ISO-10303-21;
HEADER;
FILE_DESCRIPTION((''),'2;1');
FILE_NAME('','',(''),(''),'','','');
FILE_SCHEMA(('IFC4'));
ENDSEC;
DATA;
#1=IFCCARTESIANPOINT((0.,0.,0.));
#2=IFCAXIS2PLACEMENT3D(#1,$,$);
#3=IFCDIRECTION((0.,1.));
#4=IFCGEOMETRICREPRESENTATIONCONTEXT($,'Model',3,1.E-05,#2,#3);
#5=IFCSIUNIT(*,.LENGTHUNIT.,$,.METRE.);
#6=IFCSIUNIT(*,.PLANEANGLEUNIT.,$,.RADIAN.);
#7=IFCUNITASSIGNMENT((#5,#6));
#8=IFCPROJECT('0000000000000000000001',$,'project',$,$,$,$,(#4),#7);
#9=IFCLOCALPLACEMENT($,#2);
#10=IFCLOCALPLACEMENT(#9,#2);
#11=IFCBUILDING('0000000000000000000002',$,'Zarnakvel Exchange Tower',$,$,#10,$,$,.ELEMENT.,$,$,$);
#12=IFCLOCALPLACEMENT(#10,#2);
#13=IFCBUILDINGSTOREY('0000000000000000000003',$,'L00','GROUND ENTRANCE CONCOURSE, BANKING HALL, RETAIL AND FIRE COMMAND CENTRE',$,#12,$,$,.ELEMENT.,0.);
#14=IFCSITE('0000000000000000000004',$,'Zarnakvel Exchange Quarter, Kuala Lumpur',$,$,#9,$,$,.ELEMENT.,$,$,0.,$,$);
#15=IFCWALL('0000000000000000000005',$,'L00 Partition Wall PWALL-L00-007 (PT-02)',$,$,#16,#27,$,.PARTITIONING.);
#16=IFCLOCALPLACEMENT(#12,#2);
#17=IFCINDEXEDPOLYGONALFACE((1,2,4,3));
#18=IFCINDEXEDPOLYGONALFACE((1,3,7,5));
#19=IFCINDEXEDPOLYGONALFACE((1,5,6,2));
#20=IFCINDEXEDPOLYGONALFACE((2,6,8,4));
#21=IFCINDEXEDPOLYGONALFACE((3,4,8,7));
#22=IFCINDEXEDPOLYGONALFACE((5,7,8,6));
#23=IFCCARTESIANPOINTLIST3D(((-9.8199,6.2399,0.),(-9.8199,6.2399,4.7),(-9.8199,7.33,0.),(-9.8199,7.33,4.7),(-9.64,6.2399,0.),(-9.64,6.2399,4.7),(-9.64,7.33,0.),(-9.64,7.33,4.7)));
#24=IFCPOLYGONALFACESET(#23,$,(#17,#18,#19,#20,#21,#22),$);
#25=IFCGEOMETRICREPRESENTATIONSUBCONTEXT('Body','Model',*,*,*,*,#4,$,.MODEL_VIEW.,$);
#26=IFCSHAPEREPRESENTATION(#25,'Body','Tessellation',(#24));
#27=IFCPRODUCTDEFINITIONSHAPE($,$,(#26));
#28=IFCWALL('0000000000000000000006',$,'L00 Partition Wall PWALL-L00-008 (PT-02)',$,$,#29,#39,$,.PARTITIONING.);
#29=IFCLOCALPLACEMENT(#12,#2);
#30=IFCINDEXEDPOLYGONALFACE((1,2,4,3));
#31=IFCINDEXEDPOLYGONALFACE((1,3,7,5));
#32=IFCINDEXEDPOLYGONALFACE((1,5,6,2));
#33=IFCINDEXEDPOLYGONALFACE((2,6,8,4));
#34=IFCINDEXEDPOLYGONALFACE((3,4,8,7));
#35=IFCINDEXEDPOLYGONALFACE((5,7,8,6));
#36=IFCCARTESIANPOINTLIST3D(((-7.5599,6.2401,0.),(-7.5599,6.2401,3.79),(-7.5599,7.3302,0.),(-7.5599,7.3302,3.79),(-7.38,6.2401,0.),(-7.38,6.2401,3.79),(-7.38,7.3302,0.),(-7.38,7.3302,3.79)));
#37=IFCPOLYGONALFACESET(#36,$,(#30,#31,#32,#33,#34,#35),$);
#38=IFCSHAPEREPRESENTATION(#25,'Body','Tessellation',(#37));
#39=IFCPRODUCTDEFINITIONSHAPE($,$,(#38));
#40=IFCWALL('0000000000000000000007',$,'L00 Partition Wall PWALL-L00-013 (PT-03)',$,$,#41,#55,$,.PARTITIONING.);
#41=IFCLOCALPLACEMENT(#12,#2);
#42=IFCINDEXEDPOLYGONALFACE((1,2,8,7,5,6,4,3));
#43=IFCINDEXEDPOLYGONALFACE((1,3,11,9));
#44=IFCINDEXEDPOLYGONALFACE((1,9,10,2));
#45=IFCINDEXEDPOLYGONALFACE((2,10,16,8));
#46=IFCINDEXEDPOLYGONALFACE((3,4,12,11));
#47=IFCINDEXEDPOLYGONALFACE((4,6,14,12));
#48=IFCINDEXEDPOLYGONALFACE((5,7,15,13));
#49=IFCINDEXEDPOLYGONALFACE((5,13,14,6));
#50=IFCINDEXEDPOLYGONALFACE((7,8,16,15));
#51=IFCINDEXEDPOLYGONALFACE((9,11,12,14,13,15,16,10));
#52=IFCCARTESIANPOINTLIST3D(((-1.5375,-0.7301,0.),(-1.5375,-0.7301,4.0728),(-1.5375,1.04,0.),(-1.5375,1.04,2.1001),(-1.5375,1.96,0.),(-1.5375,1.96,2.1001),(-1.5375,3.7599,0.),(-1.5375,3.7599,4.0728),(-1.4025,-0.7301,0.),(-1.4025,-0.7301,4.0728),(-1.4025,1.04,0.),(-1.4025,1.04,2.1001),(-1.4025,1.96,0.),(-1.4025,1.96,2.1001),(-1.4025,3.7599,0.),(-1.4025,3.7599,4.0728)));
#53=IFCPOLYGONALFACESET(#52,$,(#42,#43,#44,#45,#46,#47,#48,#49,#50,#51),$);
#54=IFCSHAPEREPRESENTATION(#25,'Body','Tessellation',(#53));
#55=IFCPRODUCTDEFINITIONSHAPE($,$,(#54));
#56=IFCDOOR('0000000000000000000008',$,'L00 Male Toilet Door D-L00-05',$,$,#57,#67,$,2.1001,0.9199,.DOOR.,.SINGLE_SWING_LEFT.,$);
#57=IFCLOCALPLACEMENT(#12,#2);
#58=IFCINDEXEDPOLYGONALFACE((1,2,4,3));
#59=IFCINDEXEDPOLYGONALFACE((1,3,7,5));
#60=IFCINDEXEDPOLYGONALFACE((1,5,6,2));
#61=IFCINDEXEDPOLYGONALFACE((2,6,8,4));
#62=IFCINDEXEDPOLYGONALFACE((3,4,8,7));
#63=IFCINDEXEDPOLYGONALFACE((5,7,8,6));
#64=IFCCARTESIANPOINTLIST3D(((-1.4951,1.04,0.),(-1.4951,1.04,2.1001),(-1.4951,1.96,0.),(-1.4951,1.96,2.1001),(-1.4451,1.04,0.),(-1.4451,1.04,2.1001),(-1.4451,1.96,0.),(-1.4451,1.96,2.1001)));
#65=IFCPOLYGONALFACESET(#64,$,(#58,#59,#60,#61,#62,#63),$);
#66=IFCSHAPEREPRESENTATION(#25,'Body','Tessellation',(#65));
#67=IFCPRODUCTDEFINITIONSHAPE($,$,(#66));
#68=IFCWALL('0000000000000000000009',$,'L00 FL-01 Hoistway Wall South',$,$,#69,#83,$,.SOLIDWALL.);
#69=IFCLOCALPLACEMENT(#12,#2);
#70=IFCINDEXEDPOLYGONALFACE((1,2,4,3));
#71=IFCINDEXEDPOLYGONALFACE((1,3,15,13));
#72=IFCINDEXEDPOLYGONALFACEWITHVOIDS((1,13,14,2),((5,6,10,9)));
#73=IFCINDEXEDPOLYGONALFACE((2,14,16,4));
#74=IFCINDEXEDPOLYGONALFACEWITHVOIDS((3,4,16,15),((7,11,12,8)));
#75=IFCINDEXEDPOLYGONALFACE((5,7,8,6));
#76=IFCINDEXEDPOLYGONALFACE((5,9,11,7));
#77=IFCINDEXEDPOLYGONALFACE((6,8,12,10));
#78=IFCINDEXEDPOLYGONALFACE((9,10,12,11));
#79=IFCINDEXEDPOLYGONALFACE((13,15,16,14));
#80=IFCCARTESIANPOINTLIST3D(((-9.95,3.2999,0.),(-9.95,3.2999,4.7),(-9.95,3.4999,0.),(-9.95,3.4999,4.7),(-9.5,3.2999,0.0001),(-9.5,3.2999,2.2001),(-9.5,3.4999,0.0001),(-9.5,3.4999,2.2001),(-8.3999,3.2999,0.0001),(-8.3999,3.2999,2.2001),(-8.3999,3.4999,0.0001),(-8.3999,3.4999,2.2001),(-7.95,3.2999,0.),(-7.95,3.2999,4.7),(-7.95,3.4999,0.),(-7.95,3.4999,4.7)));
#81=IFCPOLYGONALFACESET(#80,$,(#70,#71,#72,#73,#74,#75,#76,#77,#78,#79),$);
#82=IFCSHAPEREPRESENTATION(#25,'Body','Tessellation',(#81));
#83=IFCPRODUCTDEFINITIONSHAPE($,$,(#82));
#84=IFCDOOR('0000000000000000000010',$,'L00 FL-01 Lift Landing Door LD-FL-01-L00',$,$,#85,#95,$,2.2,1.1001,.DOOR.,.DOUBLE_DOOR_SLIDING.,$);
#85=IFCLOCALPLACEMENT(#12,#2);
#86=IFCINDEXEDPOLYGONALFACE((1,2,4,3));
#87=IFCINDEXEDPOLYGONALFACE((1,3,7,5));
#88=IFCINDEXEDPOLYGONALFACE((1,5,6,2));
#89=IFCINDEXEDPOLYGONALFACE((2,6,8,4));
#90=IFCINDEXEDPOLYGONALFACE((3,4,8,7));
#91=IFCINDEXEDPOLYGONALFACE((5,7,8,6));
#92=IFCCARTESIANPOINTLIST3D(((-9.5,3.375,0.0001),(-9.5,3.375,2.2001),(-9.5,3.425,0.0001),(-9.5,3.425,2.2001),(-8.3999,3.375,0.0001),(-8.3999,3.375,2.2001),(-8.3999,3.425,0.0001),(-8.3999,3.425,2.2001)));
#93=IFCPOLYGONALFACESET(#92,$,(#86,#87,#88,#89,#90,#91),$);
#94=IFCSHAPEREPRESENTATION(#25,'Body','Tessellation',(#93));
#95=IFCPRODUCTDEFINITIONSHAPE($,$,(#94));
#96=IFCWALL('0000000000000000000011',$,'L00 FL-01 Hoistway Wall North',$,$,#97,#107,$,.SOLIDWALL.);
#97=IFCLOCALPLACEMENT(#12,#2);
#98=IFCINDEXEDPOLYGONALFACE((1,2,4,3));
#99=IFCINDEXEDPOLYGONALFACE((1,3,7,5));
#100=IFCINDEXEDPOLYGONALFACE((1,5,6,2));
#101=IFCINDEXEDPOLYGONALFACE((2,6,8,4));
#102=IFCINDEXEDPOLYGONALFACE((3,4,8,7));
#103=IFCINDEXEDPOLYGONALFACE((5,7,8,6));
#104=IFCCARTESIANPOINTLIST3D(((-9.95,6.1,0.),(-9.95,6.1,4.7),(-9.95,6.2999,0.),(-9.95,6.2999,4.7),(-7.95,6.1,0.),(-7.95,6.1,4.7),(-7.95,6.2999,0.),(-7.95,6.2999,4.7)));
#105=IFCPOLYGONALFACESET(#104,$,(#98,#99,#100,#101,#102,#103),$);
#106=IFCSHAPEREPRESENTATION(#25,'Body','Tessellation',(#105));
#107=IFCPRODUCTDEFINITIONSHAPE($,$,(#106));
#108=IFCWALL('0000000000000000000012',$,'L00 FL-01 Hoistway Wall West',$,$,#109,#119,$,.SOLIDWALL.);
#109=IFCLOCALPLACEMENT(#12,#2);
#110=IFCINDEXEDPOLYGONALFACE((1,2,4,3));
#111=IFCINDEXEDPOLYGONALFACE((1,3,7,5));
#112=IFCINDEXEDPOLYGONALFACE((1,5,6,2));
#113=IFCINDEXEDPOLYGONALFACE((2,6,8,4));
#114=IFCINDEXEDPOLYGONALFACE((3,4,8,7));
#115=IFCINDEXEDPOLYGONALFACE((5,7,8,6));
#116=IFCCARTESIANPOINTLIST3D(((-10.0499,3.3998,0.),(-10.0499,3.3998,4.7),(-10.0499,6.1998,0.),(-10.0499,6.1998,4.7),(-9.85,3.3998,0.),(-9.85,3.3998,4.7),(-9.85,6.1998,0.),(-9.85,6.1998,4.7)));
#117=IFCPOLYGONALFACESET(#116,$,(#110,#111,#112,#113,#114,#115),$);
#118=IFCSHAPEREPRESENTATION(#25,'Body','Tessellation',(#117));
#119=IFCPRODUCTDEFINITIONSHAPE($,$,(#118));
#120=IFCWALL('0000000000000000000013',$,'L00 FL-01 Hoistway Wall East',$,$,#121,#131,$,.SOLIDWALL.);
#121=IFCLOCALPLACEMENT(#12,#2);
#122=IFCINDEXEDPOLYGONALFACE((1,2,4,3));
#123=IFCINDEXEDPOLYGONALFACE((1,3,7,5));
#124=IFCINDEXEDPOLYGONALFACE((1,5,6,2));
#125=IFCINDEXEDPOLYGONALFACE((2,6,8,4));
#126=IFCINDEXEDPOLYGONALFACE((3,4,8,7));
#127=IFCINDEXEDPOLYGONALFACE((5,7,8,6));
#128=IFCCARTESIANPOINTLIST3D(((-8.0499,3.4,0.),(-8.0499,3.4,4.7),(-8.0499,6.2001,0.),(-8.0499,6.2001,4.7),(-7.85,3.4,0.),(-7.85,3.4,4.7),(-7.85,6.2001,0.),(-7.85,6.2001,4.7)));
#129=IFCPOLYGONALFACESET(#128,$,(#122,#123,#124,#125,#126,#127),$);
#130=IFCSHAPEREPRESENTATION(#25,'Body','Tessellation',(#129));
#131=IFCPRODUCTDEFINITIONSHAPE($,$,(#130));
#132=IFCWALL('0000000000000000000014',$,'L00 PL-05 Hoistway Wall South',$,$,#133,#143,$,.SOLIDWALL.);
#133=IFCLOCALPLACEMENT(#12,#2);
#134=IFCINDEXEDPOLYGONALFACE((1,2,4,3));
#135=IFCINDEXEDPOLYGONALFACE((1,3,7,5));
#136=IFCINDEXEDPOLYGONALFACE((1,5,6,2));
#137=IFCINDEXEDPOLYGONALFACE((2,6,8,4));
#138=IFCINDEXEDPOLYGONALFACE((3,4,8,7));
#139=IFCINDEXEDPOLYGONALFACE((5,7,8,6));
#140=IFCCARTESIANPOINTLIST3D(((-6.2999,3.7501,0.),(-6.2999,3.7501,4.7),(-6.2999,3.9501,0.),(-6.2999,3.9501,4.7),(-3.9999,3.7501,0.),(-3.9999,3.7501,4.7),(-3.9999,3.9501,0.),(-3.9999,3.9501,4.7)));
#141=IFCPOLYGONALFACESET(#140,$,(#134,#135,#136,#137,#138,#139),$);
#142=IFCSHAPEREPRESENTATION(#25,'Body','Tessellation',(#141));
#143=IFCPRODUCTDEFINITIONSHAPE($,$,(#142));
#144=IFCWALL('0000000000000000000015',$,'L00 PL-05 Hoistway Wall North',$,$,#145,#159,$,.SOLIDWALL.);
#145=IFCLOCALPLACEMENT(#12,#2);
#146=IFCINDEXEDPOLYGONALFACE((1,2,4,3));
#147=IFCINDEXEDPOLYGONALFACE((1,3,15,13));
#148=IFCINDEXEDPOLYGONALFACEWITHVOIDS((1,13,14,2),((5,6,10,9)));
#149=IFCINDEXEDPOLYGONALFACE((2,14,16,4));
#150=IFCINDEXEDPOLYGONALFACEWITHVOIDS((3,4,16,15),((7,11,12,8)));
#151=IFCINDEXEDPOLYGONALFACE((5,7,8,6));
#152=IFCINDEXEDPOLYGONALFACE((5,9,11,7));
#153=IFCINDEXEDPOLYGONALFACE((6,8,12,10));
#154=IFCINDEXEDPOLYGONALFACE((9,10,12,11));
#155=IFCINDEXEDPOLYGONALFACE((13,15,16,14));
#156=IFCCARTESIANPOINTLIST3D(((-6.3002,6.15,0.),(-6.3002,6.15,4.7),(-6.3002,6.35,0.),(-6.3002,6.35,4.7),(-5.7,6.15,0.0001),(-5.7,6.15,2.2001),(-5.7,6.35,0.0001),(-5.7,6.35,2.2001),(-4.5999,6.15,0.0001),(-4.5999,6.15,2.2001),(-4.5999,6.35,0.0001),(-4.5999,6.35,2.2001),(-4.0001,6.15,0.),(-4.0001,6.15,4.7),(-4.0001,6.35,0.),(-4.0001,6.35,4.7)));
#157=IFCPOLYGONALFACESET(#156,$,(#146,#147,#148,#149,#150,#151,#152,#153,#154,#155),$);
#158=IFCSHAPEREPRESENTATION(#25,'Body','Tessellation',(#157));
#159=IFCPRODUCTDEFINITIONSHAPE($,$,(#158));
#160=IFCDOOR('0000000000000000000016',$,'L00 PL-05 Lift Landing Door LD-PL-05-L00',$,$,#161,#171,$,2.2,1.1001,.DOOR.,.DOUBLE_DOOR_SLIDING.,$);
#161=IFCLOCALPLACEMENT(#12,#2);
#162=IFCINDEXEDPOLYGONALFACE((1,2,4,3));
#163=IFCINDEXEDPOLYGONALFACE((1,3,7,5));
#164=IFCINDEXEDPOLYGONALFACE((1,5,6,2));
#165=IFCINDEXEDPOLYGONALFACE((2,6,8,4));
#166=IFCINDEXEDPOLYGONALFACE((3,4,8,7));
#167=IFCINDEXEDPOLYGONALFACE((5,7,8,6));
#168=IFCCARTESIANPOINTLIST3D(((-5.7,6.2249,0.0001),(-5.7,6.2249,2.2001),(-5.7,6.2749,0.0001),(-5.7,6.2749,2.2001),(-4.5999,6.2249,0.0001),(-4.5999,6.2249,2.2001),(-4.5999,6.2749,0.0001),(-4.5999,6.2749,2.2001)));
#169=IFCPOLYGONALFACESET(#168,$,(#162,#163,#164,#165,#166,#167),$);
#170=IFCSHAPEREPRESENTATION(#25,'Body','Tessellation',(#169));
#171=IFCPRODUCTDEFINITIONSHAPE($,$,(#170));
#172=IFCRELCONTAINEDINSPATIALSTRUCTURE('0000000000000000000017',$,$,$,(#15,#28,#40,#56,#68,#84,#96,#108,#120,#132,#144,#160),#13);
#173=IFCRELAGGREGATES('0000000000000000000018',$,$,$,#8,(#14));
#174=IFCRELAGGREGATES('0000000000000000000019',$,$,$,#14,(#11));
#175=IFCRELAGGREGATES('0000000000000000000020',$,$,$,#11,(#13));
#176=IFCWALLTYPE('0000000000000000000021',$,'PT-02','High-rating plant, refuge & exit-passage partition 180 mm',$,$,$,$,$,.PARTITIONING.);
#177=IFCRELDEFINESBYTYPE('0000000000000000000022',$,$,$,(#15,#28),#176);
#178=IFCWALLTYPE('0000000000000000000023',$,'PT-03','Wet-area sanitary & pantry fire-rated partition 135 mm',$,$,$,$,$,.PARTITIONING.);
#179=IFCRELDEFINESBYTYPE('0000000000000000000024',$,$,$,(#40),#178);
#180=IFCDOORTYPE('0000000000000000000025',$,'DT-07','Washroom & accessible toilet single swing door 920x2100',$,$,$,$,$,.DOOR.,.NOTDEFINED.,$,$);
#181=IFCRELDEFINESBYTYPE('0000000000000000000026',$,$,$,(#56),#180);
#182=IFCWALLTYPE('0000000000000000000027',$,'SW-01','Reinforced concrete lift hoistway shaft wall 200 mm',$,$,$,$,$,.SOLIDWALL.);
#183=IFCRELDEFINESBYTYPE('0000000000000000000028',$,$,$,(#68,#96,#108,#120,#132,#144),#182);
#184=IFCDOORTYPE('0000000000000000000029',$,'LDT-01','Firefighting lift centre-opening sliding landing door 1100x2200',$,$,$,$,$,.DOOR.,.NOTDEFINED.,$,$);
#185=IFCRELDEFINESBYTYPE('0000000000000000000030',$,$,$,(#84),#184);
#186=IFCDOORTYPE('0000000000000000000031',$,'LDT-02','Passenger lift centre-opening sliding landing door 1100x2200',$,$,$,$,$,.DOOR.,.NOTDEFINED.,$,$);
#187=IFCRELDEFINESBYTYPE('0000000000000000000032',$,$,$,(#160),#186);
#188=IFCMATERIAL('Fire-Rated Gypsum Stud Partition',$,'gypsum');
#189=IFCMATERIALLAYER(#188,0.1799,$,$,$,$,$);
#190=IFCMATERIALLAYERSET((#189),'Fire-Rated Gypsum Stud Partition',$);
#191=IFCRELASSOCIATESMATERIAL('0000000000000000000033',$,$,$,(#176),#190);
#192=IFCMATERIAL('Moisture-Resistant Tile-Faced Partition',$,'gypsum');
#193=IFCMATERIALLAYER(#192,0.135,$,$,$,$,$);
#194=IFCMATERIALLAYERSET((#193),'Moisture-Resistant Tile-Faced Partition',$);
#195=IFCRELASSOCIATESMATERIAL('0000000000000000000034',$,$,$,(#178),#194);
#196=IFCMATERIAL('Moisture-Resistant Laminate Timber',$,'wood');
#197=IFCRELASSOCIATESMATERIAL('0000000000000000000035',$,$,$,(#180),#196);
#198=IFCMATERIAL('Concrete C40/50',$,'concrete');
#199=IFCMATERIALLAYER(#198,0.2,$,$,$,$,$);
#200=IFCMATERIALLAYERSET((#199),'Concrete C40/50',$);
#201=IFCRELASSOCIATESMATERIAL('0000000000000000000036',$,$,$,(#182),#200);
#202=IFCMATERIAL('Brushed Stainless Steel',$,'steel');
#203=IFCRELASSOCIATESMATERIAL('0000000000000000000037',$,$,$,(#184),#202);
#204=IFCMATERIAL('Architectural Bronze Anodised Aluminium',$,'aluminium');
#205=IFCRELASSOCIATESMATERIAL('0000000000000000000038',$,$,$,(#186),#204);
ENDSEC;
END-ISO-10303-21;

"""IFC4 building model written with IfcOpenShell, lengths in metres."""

from ifc_helpers import new_model, si_unit, direction, frame, frame_2d, origin, place, context, subcontext, project, spatial, rectangle, extrude, source, transform, mapped, material, layer, layer_set, type_object, element, fill, save


model = new_model("IFC4")

# Units and contexts
model_context = context("Model", 3, precision=1e-05, world=origin(), true_north=direction((0.0, 1.0)))
body_context = subcontext(model_context, "Body", "Model", "MODEL_VIEW")
ifc_project = project(units=[si_unit("LENGTHUNIT", "METRE"), si_unit("PLANEANGLEUNIT", "RADIAN")], contexts=[model_context])

# Site, building, storey
site_placement = place(None, origin())
site = spatial("IfcSite", under=ifc_project, at=site_placement, Name="Zarnakvel Exchange Quarter, Kuala Lumpur", CompositionType="ELEMENT", RefElevation=0.0)
building_placement = place(site_placement, origin())
building = spatial("IfcBuilding", under=site, at=building_placement, Name="Zarnakvel Exchange Tower", CompositionType="ELEMENT")
storey_placement = place(building_placement, origin())
storey = spatial("IfcBuildingStorey", under=building, at=storey_placement, Name="L00", Description="GROUND ENTRANCE CONCOURSE, BANKING HALL, RETAIL AND FIRE COMMAND CENTRE", CompositionType="ELEMENT", Elevation=0.0)

# Walls
ifc_material_1 = material(Name="Fire-Rated Gypsum Stud Partition", Category="gypsum")
ifc_layer_1 = layer(ifc_material_1, 0.1799)
ifc_layer_set_1 = layer_set([ifc_layer_1], Name="Fire-Rated Gypsum Stud Partition")
wall_type_1 = type_object("IfcWallType", Name="PT-02", Description="High-rating plant, refuge & exit-passage partition 180 mm", PredefinedType="PARTITIONING", material=ifc_layer_set_1)
wall_1_placement = place(storey_placement, frame((-9.73, 6.24, 0.0), z_axis=(0.0, 0.0, 1.0), x_axis=(0.0, 1.0, 0.0)))
element("IfcWall", 1, at=wall_1_placement, inside=storey, type_object=wall_type_1, Name="L00 Partition Wall PWALL-L00-007 (PT-02)", PredefinedType="PARTITIONING", context=body_context, shape_type="SweptSolid", body=[
    extrude(rectangle(XDim=1.0901, YDim=0.1799, at=frame_2d((0.5449, 0.0))), origin(), (0.0, 0.0, 1.0), 4.7),
])
wall_2_placement = place(storey_placement, frame((-7.47, 7.3301, 0.0), z_axis=(0.0, 0.0, 1.0), x_axis=(0.0, -1.0, 0.0)))
element("IfcWall", 2, at=wall_2_placement, inside=storey, type_object=wall_type_1, Name="L00 Partition Wall PWALL-L00-008 (PT-02)", PredefinedType="PARTITIONING", context=body_context, shape_type="SweptSolid", body=[
    extrude(rectangle(XDim=1.0901, YDim=0.1799, at=frame_2d((0.5449, 0.0))), origin(), (0.0, 0.0, 1.0), 3.79),
])

# Walls, openings, doors
ifc_material_2 = material(Name="Moisture-Resistant Tile-Faced Partition", Category="gypsum")
ifc_layer_2 = layer(ifc_material_2, 0.135)
ifc_layer_set_2 = layer_set([ifc_layer_2], Name="Moisture-Resistant Tile-Faced Partition")
wall_type_2 = type_object("IfcWallType", Name="PT-03", Description="Wet-area sanitary & pantry fire-rated partition 135 mm", PredefinedType="PARTITIONING", material=ifc_layer_set_2)
wall_3_placement = place(storey_placement, frame((-1.47, 3.76, 0.0), z_axis=(0.0, 0.0, 1.0), x_axis=(0.0, -1.0, 0.0)))
wall_3 = element("IfcWall", 3, at=wall_3_placement, inside=storey, type_object=wall_type_2, Name="L00 Partition Wall PWALL-L00-013 (PT-03)", PredefinedType="PARTITIONING", context=body_context, shape_type="SweptSolid", body=[
    extrude(rectangle(XDim=4.49, YDim=0.135, at=frame_2d((2.2451, 0.0))), origin(), (0.0, 0.0, 1.0), 4.0728),
])
opening_1_placement = place(wall_3_placement, frame((1.8, 0.0, 0.0)))
opening_1 = element("IfcOpeningElement", 4, at=opening_1_placement, cuts=wall_3, PredefinedType="OPENING", context=body_context, shape_type="SweptSolid", body=[
    extrude(rectangle(XDim=0.9199, YDim=2.1001, at=frame_2d((0.46, 1.05))), frame((0.0, 0.0774, 0.0), z_axis=(0.0, -1.0, 0.0), x_axis=(1.0, 0.0, 0.0)), (0.0, 0.0, 1.0), 0.155),
])
ifc_material_3 = material(Name="Moisture-Resistant Laminate Timber", Category="wood")
door_type_1 = type_object("IfcDoorType", Name="DT-07", Description="Washroom & accessible toilet single swing door 920x2100", OperationType="NOTDEFINED", PredefinedType="DOOR", material=ifc_material_3)
shared_shape_1 = source(origin(), body_context, "Body", "SweptSolid", [
    extrude(rectangle(XDim=0.9199, YDim=2.1001, at=frame_2d((0.46, 1.05))), frame((0.0, 0.0249, 0.0), z_axis=(0.0, -1.0, 0.0), x_axis=(1.0, 0.0, 0.0)), (0.0, 0.0, 1.0), 0.05),
])
door_1_placement = place(opening_1_placement, origin())
door_1 = element("IfcDoor", 5, at=door_1_placement, inside=storey, type_object=door_type_1, Name="L00 Male Toilet Door D-L00-05", OperationType="SINGLE_SWING_LEFT", OverallHeight=2.1001, OverallWidth=0.9199, PredefinedType="DOOR", context=body_context, shape_type="MappedRepresentation", body=[
    mapped(shared_shape_1, transform((0.0, 0.0, 0.0), x_axis=(1.0, 0.0, 0.0), y_axis=(0.0, 1.0, 0.0), z_axis=(0.0, 0.0, 1.0), scale=1.0)),
])
fill(opening_1, door_1)
ifc_material_4 = material(Name="Concrete C40/50", Category="concrete")
ifc_layer_3 = layer(ifc_material_4, 0.2)
ifc_layer_set_3 = layer_set([ifc_layer_3], Name="Concrete C40/50")
wall_type_3 = type_object("IfcWallType", Name="SW-01", Description="Reinforced concrete lift hoistway shaft wall 200 mm", PredefinedType="SOLIDWALL", material=ifc_layer_set_3)
wall_4_placement = place(storey_placement, frame((-7.95, 3.3999, 0.0), z_axis=(0.0, 0.0, 1.0), x_axis=(-1.0, 0.0, 0.0)))
wall_4 = element("IfcWall", 6, at=wall_4_placement, inside=storey, type_object=wall_type_3, Name="L00 FL-01 Hoistway Wall South", PredefinedType="SOLIDWALL", context=body_context, shape_type="SweptSolid", body=[
    extrude(rectangle(XDim=2.0, YDim=0.2, at=frame_2d((1.0, 0.0))), origin(), (0.0, 0.0, 1.0), 4.7),
])
opening_2_placement = place(wall_4_placement, frame((0.45, 0.0, 0.0)))
opening_2 = element("IfcOpeningElement", 7, at=opening_2_placement, cuts=wall_4, PredefinedType="OPENING", context=body_context, shape_type="SweptSolid", body=[
    extrude(rectangle(XDim=1.1001, YDim=2.2, at=frame_2d((0.55, 1.1001))), frame((0.0, 0.1099, 0.0), z_axis=(0.0, -1.0, 0.0), x_axis=(1.0, 0.0, 0.0)), (0.0, 0.0, 1.0), 0.22),
])
ifc_material_5 = material(Name="Brushed Stainless Steel", Category="steel")
door_type_2 = type_object("IfcDoorType", Name="LDT-01", Description="Firefighting lift centre-opening sliding landing door 1100x2200", OperationType="NOTDEFINED", PredefinedType="DOOR", material=ifc_material_5)
shared_shape_2 = source(origin(), body_context, "Body", "SweptSolid", [
    extrude(rectangle(XDim=1.1001, YDim=2.2, at=frame_2d((0.55, 1.1001))), frame((0.0, 0.0249, 0.0), z_axis=(0.0, -1.0, 0.0), x_axis=(1.0, 0.0, 0.0)), (0.0, 0.0, 1.0), 0.05),
])
door_2_placement = place(opening_2_placement, origin())
door_2 = element("IfcDoor", 8, at=door_2_placement, inside=storey, type_object=door_type_2, Name="L00 FL-01 Lift Landing Door LD-FL-01-L00", OperationType="DOUBLE_DOOR_SLIDING", OverallHeight=2.2, OverallWidth=1.1001, PredefinedType="DOOR", context=body_context, shape_type="MappedRepresentation", body=[
    mapped(shared_shape_2, transform((0.0, 0.0, 0.0), x_axis=(1.0, 0.0, 0.0), y_axis=(0.0, 1.0, 0.0), z_axis=(0.0, 0.0, 1.0), scale=1.0)),
])
fill(opening_2, door_2)

# Walls
wall_5_placement = place(storey_placement, frame((-9.95, 6.2, 0.0), z_axis=(0.0, 0.0, 1.0), x_axis=(1.0, 0.0, 0.0)))
element("IfcWall", 9, at=wall_5_placement, inside=storey, type_object=wall_type_3, Name="L00 FL-01 Hoistway Wall North", PredefinedType="SOLIDWALL", context=body_context, shape_type="SweptSolid", body=[
    extrude(rectangle(XDim=2.0, YDim=0.2, at=frame_2d((1.0, 0.0))), origin(), (0.0, 0.0, 1.0), 4.7),
])
for number, where, z_axis, x_axis, name in (
    (10, (-9.95, 3.3999, 0.0), (0.0, 0.0, 1.0), (0.0, 1.0, 0.0), "L00 FL-01 Hoistway Wall West"),
    (11, (-7.95, 6.2, 0.0), (0.0, 0.0, 1.0), (0.0, -1.0, 0.0), "L00 FL-01 Hoistway Wall East"),
):
    element("IfcWall", number, at=place(storey_placement, frame(where, z_axis=z_axis, x_axis=x_axis)), inside=storey, type_object=wall_type_3, Name=name, PredefinedType="SOLIDWALL", context=body_context, shape_type="SweptSolid", body=[
        extrude(rectangle(XDim=2.8, YDim=0.2, at=frame_2d((1.3999, 0.0))), origin(), (0.0, 0.0, 1.0), 4.7),
    ])
wall_6_placement = place(storey_placement, frame((-4.0, 3.8501, 0.0), z_axis=(0.0, 0.0, 1.0), x_axis=(-1.0, 0.0, 0.0)))
element("IfcWall", 12, at=wall_6_placement, inside=storey, type_object=wall_type_3, Name="L00 PL-05 Hoistway Wall South", PredefinedType="SOLIDWALL", context=body_context, shape_type="SweptSolid", body=[
    extrude(rectangle(XDim=2.3, YDim=0.2, at=frame_2d((1.1499, 0.0))), origin(), (0.0, 0.0, 1.0), 4.7),
])

# Wall, opening, door
wall_7_placement = place(storey_placement, frame((-6.3, 6.25, 0.0), z_axis=(0.0, 0.0, 1.0), x_axis=(1.0, 0.0, 0.0)))
wall_7 = element("IfcWall", 13, at=wall_7_placement, inside=storey, type_object=wall_type_3, Name="L00 PL-05 Hoistway Wall North", PredefinedType="SOLIDWALL", context=body_context, shape_type="SweptSolid", body=[
    extrude(rectangle(XDim=2.3, YDim=0.2, at=frame_2d((1.1499, 0.0))), origin(), (0.0, 0.0, 1.0), 4.7),
])
opening_3_placement = place(wall_7_placement, frame((0.6001, 0.0, 0.0)))
opening_3 = element("IfcOpeningElement", 14, at=opening_3_placement, cuts=wall_7, PredefinedType="OPENING", context=body_context, shape_type="SweptSolid", body=[
    extrude(rectangle(XDim=1.1001, YDim=2.2, at=frame_2d((0.55, 1.1001))), frame((0.0, 0.1099, 0.0), z_axis=(0.0, -1.0, 0.0), x_axis=(1.0, 0.0, 0.0)), (0.0, 0.0, 1.0), 0.22),
])
ifc_material_6 = material(Name="Architectural Bronze Anodised Aluminium", Category="aluminium")
door_type_3 = type_object("IfcDoorType", Name="LDT-02", Description="Passenger lift centre-opening sliding landing door 1100x2200", OperationType="NOTDEFINED", PredefinedType="DOOR", material=ifc_material_6)
door_3_placement = place(opening_3_placement, origin())
door_3 = element("IfcDoor", 15, at=door_3_placement, inside=storey, type_object=door_type_3, Name="L00 PL-05 Lift Landing Door LD-PL-05-L00", OperationType="DOUBLE_DOOR_SLIDING", OverallHeight=2.2, OverallWidth=1.1001, PredefinedType="DOOR", context=body_context, shape_type="MappedRepresentation", body=[
    mapped(shared_shape_2, transform((0.0, 0.0, 0.0), x_axis=(1.0, 0.0, 0.0), y_axis=(0.0, 1.0, 0.0), z_axis=(0.0, 0.0, 1.0), scale=1.0)),
])
fill(opening_3, door_3)

save(model, "model.ifc")
